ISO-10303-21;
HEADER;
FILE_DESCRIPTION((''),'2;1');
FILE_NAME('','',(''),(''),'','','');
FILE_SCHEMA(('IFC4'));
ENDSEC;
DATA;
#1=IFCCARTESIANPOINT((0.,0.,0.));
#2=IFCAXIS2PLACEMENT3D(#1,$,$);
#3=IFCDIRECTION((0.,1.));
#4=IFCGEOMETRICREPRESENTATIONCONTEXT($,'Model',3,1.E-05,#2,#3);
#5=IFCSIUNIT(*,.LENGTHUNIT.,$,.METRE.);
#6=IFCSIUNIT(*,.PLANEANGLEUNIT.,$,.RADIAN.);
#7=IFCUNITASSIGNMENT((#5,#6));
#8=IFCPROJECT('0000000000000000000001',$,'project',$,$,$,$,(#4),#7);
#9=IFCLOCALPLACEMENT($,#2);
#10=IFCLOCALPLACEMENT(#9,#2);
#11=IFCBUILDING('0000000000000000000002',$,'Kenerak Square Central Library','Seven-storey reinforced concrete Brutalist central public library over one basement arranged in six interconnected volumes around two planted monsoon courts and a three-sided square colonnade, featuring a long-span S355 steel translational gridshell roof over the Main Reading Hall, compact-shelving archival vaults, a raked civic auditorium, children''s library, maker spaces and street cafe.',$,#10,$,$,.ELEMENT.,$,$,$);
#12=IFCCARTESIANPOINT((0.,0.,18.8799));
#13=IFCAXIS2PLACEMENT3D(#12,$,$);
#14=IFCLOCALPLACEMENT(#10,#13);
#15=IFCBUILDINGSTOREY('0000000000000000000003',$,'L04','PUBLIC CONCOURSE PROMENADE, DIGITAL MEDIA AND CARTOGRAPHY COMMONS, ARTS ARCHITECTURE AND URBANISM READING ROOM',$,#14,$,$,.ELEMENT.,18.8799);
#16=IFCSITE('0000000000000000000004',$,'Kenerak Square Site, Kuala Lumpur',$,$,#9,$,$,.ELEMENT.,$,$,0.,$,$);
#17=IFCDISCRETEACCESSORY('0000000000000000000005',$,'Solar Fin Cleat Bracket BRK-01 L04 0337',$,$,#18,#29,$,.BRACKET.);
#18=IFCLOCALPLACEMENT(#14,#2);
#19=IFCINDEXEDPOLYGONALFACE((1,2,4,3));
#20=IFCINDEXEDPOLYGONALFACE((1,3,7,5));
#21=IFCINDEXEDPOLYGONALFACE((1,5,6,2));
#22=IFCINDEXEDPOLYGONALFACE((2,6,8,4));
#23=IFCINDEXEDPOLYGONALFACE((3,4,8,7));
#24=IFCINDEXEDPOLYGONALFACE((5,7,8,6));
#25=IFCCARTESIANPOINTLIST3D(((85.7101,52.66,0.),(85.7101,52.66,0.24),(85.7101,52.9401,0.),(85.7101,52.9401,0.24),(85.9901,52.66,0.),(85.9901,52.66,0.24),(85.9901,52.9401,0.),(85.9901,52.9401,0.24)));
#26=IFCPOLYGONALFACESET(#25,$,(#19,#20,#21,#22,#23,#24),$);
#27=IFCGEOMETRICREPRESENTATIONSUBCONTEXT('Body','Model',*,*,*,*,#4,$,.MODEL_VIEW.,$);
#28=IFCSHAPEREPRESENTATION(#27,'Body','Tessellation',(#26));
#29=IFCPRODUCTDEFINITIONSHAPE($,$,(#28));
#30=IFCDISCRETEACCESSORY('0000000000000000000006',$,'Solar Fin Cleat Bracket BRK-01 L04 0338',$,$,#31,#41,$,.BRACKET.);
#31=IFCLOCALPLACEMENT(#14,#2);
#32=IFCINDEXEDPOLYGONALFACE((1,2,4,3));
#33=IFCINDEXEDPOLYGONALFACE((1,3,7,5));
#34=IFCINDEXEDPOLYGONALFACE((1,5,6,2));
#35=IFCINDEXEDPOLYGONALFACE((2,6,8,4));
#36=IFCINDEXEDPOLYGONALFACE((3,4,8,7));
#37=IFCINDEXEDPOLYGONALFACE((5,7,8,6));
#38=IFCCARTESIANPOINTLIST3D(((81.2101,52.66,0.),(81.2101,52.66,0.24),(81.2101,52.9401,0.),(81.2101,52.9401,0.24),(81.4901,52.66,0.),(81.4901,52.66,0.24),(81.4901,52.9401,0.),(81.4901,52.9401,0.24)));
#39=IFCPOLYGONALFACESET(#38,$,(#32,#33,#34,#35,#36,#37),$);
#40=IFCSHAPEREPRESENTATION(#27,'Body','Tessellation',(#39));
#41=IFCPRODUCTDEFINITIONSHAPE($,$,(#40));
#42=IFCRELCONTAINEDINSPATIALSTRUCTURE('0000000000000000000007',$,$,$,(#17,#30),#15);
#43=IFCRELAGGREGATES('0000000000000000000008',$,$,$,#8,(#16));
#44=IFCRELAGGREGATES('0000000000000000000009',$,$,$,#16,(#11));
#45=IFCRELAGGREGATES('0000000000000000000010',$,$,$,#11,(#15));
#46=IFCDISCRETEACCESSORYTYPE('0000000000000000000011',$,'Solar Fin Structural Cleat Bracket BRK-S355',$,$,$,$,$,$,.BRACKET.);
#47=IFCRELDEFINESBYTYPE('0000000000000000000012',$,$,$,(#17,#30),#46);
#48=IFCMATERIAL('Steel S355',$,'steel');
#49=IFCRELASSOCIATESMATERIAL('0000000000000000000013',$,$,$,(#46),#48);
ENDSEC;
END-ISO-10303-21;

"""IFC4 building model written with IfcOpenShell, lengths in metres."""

from ifc_helpers import new_model, si_unit, direction, frame, origin, origin_2d, place, context, subcontext, project, spatial, rectangle, extrude, material, type_object, element, save


model = new_model("IFC4")

# Units and contexts
model_context = context("Model", 3, precision=1e-05, world=origin(), true_north=direction((0.0, 1.0)))
body_context = subcontext(model_context, "Body", "Model", "MODEL_VIEW")
ifc_project = project(units=[si_unit("LENGTHUNIT", "METRE"), si_unit("PLANEANGLEUNIT", "RADIAN")], contexts=[model_context])

# Site, building, storey
site_placement = place(None, origin())
site = spatial("IfcSite", under=ifc_project, at=site_placement, Name="Kenerak Square Site, Kuala Lumpur", CompositionType="ELEMENT", RefElevation=0.0)
building_placement = place(site_placement, origin())
building = spatial("IfcBuilding", under=site, at=building_placement, Name="Kenerak Square Central Library", Description="Seven-storey reinforced concrete Brutalist central public library over one basement arranged in six interconnected volumes around two planted monsoon courts and a three-sided square colonnade, featuring a long-span S355 steel translational gridshell roof over the Main Reading Hall, compact-shelving archival vaults, a raked civic auditorium, children's library, maker spaces and street cafe.", CompositionType="ELEMENT")
storey_placement = place(building_placement, frame((0.0, 0.0, 18.8799)))
storey = spatial("IfcBuildingStorey", under=building, at=storey_placement, Name="L04", Description="PUBLIC CONCOURSE PROMENADE, DIGITAL MEDIA AND CARTOGRAPHY COMMONS, ARTS ARCHITECTURE AND URBANISM READING ROOM", CompositionType="ELEMENT", Elevation=18.8799)

# Shared definitions
ifc_material_1 = material(Name="Steel S355", Category="steel")

# Discrete accessories
discrete_accessory_type = type_object("IfcDiscreteAccessoryType", Name="Solar Fin Structural Cleat Bracket BRK-S355", PredefinedType="BRACKET", material=ifc_material_1)
for number, where, z_axis, x_axis, name in (
    (1, (85.8501, 52.8, 0.0), (0.0, 0.0, 1.0), (-1.0, 0.0, 0.0), "Solar Fin Cleat Bracket BRK-01 L04 0337"),
    (2, (81.3501, 52.8, 0.0), (0.0, 0.0, 1.0), (-1.0, 0.0, 0.0), "Solar Fin Cleat Bracket BRK-01 L04 0338"),
):
    element("IfcDiscreteAccessory", number, at=place(storey_placement, frame(where, z_axis=z_axis, x_axis=x_axis)), inside=storey, type_object=discrete_accessory_type, Name=name, PredefinedType="BRACKET", context=body_context, shape_type="SweptSolid", body=[
        extrude(rectangle(XDim=0.28, YDim=0.28, at=origin_2d()), origin(), (0.0, 0.0, 1.0), 0.24),
    ])

save(model, "model.ifc")
